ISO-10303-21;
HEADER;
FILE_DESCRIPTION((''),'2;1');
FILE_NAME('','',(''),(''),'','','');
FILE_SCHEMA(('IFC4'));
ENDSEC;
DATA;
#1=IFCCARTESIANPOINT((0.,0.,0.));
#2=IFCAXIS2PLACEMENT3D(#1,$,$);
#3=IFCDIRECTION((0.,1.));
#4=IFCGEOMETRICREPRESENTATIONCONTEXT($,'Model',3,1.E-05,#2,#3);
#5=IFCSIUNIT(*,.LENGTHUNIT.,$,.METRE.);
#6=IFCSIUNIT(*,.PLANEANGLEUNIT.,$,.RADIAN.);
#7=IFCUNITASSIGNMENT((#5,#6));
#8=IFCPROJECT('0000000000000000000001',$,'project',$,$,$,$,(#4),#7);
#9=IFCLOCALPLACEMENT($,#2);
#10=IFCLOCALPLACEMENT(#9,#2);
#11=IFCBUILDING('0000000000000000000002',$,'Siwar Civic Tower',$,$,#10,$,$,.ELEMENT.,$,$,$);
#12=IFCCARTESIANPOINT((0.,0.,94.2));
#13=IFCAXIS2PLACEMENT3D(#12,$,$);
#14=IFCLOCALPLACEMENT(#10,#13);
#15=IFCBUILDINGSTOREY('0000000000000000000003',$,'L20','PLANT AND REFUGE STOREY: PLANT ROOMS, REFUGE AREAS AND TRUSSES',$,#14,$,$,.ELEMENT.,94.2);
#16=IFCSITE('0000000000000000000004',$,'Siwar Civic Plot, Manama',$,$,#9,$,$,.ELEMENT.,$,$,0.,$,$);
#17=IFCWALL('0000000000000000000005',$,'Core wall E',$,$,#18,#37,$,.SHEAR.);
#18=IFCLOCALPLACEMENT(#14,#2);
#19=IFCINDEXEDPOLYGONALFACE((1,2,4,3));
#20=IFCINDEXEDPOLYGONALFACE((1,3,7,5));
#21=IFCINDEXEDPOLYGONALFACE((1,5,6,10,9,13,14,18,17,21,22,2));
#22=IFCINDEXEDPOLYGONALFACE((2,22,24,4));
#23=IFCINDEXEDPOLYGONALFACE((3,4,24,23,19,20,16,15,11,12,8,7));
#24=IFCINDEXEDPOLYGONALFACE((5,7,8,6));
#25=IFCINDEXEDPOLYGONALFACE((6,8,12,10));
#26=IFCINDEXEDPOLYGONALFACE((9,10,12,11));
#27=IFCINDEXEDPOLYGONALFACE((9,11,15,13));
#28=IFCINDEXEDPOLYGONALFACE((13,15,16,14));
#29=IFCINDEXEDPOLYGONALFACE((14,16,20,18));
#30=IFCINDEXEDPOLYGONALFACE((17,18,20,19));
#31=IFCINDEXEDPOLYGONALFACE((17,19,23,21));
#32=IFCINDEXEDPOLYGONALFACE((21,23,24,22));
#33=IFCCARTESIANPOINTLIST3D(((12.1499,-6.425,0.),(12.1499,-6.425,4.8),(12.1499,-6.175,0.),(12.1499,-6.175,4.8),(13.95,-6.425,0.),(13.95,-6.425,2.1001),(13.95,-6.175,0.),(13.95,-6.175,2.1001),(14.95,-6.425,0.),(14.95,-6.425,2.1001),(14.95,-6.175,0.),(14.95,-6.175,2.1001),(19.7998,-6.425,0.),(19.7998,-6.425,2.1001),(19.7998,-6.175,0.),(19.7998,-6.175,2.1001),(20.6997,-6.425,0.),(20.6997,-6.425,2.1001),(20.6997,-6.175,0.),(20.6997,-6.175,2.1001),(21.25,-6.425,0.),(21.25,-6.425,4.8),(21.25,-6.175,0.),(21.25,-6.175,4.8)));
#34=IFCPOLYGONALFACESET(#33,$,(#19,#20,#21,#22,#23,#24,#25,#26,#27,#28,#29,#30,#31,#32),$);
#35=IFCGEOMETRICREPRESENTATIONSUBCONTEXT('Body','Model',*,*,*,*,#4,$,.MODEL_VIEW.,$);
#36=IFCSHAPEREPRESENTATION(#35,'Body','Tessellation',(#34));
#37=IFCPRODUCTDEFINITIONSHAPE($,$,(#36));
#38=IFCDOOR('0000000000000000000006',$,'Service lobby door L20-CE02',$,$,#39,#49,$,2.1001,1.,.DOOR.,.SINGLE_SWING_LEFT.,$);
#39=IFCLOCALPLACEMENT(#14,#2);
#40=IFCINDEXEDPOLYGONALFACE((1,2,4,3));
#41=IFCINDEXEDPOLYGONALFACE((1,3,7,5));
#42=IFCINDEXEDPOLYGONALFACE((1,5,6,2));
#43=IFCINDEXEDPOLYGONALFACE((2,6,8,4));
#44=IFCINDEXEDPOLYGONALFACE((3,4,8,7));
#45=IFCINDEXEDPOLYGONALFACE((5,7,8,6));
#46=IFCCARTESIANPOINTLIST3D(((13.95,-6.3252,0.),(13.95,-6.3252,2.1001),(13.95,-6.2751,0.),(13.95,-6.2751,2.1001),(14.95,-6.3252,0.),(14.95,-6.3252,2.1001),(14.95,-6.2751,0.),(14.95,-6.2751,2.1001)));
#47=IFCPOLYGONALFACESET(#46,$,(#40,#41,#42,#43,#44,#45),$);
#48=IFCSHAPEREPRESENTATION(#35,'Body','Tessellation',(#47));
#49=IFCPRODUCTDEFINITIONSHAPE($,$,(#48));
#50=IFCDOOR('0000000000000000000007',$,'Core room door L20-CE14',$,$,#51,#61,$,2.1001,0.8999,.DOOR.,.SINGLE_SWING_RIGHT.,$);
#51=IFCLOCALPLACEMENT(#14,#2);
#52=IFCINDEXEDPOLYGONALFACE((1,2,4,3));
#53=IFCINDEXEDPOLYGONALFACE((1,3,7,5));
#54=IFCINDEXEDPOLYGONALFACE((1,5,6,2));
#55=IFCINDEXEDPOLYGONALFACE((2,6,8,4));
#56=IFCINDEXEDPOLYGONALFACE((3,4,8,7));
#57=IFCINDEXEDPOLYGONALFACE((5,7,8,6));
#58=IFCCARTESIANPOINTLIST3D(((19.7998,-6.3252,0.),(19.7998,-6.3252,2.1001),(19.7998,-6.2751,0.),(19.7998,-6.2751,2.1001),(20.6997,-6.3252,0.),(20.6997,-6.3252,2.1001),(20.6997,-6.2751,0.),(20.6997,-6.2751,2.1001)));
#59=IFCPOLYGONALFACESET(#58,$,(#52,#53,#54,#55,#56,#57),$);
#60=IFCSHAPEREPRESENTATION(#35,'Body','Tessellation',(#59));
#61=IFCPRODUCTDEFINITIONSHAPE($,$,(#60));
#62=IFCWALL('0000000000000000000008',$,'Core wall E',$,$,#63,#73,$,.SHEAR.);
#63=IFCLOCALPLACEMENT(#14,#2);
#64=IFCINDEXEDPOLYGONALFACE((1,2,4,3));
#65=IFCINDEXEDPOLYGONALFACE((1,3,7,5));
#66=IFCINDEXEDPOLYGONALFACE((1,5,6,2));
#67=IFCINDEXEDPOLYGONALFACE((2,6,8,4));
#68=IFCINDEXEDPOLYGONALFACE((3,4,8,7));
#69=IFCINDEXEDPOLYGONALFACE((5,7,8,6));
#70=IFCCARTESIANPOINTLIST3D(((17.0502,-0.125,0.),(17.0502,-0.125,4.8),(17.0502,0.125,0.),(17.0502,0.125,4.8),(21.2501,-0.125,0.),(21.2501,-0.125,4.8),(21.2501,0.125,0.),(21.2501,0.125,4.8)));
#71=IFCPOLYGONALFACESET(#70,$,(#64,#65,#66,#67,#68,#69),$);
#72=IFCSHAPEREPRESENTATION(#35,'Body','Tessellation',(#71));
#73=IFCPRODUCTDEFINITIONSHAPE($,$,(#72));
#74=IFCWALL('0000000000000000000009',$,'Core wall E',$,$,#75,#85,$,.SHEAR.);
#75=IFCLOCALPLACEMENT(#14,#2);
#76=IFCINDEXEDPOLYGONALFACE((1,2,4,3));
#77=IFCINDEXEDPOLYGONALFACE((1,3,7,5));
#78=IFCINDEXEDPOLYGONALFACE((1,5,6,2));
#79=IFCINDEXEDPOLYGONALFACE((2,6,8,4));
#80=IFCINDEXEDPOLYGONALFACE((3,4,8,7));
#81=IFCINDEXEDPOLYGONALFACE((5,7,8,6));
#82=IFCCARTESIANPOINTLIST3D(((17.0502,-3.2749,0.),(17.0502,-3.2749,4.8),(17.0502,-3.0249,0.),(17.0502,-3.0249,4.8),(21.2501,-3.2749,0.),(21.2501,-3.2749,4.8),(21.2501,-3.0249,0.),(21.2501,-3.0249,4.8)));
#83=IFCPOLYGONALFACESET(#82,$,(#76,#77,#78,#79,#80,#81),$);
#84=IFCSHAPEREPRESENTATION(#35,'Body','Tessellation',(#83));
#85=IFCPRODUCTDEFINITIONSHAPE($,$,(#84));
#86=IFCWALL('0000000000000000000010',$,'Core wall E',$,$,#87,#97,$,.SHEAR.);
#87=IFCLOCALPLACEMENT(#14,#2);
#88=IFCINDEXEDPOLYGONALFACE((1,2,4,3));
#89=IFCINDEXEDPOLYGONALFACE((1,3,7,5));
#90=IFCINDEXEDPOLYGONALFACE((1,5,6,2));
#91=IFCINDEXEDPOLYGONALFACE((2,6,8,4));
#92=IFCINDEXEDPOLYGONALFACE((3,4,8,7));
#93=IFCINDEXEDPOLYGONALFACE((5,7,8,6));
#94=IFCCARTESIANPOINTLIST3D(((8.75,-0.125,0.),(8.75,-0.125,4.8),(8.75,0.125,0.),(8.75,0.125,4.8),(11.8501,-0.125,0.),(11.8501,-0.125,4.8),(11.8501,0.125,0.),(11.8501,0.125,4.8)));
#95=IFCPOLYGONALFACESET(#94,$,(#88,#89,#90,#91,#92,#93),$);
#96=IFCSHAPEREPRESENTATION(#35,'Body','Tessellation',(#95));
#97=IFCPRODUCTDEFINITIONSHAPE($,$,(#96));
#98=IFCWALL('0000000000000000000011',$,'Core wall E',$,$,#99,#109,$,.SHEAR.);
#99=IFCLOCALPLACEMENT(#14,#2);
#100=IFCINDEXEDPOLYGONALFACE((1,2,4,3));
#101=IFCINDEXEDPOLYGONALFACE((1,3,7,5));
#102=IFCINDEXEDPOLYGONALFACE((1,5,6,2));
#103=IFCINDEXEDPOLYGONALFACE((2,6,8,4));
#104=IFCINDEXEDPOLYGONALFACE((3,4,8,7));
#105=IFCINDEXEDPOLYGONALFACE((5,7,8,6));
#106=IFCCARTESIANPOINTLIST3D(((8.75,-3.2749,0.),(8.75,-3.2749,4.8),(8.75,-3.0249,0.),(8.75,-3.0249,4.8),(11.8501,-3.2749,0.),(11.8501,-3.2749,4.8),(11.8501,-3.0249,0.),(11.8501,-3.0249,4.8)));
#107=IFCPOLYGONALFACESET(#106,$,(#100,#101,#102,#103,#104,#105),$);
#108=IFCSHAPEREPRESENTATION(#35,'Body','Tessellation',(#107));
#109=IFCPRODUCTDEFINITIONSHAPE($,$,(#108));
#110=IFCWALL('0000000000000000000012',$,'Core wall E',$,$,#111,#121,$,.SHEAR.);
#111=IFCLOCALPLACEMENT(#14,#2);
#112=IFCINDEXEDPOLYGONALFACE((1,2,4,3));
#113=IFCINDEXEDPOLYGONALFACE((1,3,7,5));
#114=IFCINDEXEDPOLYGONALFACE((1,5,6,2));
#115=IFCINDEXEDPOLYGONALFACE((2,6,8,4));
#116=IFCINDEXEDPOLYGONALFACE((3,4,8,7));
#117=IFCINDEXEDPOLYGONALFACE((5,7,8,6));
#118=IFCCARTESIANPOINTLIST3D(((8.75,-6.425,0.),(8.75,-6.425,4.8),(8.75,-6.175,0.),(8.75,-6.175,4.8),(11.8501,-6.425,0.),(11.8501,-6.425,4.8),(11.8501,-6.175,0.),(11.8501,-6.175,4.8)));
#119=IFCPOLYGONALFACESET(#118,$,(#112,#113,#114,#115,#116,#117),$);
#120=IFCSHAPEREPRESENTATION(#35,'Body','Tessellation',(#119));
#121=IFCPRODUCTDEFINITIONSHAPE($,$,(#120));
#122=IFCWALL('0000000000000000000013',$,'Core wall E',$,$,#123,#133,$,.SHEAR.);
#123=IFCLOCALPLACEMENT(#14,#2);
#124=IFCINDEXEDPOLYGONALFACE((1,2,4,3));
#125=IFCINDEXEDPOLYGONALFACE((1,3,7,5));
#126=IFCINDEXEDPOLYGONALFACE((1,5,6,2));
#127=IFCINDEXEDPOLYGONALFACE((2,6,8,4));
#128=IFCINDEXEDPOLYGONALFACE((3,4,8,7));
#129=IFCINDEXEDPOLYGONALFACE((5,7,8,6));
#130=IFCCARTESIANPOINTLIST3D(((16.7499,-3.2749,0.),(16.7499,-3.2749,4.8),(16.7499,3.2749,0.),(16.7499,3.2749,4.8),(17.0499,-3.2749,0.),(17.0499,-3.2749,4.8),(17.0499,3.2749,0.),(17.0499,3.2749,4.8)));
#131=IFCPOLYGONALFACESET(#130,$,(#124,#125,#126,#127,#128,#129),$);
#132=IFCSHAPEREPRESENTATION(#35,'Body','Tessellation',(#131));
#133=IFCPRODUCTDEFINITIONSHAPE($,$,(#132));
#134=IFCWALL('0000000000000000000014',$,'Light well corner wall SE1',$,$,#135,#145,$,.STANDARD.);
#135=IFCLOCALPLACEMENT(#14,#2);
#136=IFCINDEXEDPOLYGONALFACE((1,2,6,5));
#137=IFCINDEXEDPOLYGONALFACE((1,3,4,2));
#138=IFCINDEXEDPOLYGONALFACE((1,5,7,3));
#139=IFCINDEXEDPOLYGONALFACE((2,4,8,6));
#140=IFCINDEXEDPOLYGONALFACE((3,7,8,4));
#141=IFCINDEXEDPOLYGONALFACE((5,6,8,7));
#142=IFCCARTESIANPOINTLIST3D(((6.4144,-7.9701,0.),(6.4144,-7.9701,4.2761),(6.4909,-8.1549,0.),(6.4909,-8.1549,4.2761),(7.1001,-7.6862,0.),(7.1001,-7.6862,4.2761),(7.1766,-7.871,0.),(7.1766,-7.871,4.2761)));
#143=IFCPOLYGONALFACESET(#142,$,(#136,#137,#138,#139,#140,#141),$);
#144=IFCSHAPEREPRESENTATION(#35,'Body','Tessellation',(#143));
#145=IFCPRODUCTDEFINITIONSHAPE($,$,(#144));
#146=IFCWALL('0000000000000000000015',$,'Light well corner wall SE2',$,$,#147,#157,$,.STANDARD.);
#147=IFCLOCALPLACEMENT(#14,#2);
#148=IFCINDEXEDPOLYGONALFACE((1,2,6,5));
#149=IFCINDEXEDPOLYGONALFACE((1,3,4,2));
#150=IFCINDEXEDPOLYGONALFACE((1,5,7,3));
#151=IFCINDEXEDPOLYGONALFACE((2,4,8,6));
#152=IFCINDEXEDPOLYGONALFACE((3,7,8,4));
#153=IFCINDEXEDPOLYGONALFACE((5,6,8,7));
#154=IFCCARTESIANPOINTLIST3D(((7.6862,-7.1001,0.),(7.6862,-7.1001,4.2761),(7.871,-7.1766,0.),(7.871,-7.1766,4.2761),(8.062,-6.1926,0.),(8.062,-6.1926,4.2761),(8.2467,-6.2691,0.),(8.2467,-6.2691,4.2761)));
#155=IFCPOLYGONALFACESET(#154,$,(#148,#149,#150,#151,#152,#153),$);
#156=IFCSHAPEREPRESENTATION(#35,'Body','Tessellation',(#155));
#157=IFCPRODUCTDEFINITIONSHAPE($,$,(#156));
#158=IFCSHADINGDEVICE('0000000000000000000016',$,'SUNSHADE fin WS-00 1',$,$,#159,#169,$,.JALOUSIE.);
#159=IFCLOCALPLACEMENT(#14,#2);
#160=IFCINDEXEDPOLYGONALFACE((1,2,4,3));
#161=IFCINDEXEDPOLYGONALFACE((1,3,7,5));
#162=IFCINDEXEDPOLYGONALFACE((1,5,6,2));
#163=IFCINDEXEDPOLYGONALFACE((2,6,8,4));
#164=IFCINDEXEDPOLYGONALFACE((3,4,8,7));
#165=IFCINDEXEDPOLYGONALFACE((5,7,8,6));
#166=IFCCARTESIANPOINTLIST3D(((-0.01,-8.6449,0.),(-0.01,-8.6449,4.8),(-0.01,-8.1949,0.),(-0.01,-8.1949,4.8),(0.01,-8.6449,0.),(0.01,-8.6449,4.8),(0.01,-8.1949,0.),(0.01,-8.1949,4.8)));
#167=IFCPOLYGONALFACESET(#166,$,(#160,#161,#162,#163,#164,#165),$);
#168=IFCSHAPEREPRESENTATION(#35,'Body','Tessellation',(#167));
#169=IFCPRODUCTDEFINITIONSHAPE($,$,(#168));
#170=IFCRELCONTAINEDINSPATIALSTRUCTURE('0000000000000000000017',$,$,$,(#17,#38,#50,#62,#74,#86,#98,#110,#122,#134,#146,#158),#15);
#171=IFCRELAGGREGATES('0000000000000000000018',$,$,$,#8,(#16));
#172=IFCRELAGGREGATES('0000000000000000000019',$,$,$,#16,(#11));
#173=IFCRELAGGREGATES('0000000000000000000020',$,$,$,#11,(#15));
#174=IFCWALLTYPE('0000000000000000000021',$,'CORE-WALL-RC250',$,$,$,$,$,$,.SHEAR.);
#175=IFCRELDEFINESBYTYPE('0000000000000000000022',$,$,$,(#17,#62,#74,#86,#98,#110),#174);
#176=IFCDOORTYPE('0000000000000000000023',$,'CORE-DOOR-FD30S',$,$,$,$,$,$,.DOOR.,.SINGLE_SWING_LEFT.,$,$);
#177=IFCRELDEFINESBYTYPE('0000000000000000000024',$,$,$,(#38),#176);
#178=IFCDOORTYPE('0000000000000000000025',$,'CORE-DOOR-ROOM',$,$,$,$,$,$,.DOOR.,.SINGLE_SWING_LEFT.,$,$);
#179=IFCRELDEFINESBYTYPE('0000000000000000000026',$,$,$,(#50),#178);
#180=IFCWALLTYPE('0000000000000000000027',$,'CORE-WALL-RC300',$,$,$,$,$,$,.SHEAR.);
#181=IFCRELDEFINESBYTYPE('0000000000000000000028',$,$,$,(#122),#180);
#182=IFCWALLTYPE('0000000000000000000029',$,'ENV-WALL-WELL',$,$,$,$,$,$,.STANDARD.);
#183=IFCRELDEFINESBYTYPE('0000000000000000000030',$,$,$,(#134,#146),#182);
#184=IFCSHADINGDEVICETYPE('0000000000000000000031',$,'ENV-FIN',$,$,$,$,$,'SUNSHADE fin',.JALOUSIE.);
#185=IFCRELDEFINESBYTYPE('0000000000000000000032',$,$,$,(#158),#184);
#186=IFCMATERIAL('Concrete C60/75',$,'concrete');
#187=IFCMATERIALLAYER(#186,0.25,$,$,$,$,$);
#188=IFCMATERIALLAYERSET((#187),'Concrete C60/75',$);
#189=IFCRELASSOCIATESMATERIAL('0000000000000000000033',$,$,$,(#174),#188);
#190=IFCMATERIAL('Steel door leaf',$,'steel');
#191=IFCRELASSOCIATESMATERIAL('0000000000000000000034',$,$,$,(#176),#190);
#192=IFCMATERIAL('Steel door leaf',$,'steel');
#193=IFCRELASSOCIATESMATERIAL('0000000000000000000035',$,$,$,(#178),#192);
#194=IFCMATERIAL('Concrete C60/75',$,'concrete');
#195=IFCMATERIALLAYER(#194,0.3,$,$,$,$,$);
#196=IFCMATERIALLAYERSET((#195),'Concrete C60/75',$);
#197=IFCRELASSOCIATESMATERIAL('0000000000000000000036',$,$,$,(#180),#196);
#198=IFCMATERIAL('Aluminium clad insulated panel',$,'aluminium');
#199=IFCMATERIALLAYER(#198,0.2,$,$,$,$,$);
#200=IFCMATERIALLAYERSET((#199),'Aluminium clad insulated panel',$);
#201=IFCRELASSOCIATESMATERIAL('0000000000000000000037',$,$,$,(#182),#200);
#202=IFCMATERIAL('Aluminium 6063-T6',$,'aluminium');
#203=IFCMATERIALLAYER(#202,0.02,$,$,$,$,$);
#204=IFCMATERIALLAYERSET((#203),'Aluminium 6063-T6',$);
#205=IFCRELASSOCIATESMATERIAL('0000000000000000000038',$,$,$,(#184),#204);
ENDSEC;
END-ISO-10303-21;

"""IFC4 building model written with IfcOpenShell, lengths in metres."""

from ifc_helpers import new_model, si_unit, direction, frame, frame_2d, origin, origin_2d, place, context, subcontext, project, spatial, rectangle, extrude, material, layer, layer_set, type_object, element, fill, save


model = new_model("IFC4")

# Units and contexts
model_context = context("Model", 3, precision=1e-05, world=origin(), true_north=direction((0.0, 1.0)))
body_context = subcontext(model_context, "Body", "Model", "MODEL_VIEW")
ifc_project = project(units=[si_unit("LENGTHUNIT", "METRE"), si_unit("PLANEANGLEUNIT", "RADIAN")], contexts=[model_context])

# Site, building, storey
site_placement = place(None, origin())
site = spatial("IfcSite", under=ifc_project, at=site_placement, Name="Siwar Civic Plot, Manama", CompositionType="ELEMENT", RefElevation=0.0)
building_placement = place(site_placement, origin())
building = spatial("IfcBuilding", under=site, at=building_placement, Name="Siwar Civic Tower", CompositionType="ELEMENT")
storey_placement = place(building_placement, frame((0.0, 0.0, 94.2)))
storey = spatial("IfcBuildingStorey", under=building, at=storey_placement, Name="L20", Description="PLANT AND REFUGE STOREY: PLANT ROOMS, REFUGE AREAS AND TRUSSES", CompositionType="ELEMENT", Elevation=94.2)

# Wall, openings, doors
ifc_material_1 = material(Name="Concrete C60/75", Category="concrete")
ifc_layer_1 = layer(ifc_material_1, 0.25)
ifc_layer_set_1 = layer_set([ifc_layer_1], Name="Concrete C60/75")
wall_type_1 = type_object("IfcWallType", Name="CORE-WALL-RC250", PredefinedType="SHEAR", material=ifc_layer_set_1)
wall_1_placement = place(storey_placement, frame((12.1499, -6.3, 0.0), z_axis=(0.0, 0.0, 1.0), x_axis=(1.0, 0.0, 0.0)))
wall_1 = element("IfcWall", 1, at=wall_1_placement, inside=storey, type_object=wall_type_1, Name="Core wall E", PredefinedType="SHEAR", context=body_context, shape_type="SweptSolid", body=[
    extrude(rectangle(XDim=9.1001, YDim=0.25, at=frame_2d((4.55, 0.0))), origin(), (0.0, 0.0, 1.0), 4.8),
])
opening_1_placement = place(wall_1_placement, frame((1.8, 0.0, 0.0)))
opening_1 = element("IfcOpeningElement", 2, at=opening_1_placement, cuts=wall_1, PredefinedType="OPENING", context=body_context, shape_type="SweptSolid", body=[
    extrude(rectangle(XDim=1.0, YDim=2.1001, at=frame_2d((0.5, 1.05))), frame((0.0, 0.135, 0.0), z_axis=(0.0, -1.0, 0.0), x_axis=(1.0, 0.0, 0.0)), (0.0, 0.0, 1.0), 0.27),
])
opening_2_placement = place(wall_1_placement, frame((7.6499, 0.0, 0.0)))
opening_2 = element("IfcOpeningElement", 3, at=opening_2_placement, cuts=wall_1, PredefinedType="OPENING", context=body_context, shape_type="SweptSolid", body=[
    extrude(rectangle(XDim=0.8999, YDim=2.1001, at=frame_2d((0.45, 1.05))), frame((0.0, 0.135, 0.0), z_axis=(0.0, -1.0, 0.0), x_axis=(1.0, 0.0, 0.0)), (0.0, 0.0, 1.0), 0.27),
])
ifc_material_2 = material(Name="Steel door leaf", Category="steel")
door_type_1 = type_object("IfcDoorType", Name="CORE-DOOR-FD30S", OperationType="SINGLE_SWING_LEFT", PredefinedType="DOOR", material=ifc_material_2)
door_1_placement = place(opening_1_placement, origin())
door_1 = element("IfcDoor", 4, at=door_1_placement, inside=storey, type_object=door_type_1, Name="Service lobby door L20-CE02", OperationType="SINGLE_SWING_LEFT", OverallHeight=2.1001, OverallWidth=1.0, PredefinedType="DOOR", context=body_context, shape_type="SweptSolid", body=[
    extrude(rectangle(XDim=1.0, YDim=2.1001, at=frame_2d((0.5, 1.05))), frame((0.0, 0.0249, 0.0), z_axis=(0.0, -1.0, 0.0), x_axis=(1.0, 0.0, 0.0)), (0.0, 0.0, 1.0), 0.05),
])
fill(opening_1, door_1)
ifc_material_3 = material(Name="Steel door leaf", Category="steel")
door_type_2 = type_object("IfcDoorType", Name="CORE-DOOR-ROOM", OperationType="SINGLE_SWING_LEFT", PredefinedType="DOOR", material=ifc_material_3)
door_2_placement = place(opening_2_placement, origin())
door_2 = element("IfcDoor", 5, at=door_2_placement, inside=storey, type_object=door_type_2, Name="Core room door L20-CE14", OperationType="SINGLE_SWING_RIGHT", OverallHeight=2.1001, OverallWidth=0.8999, PredefinedType="DOOR", context=body_context, shape_type="SweptSolid", body=[
    extrude(rectangle(XDim=0.8999, YDim=2.1001, at=frame_2d((0.45, 1.05))), frame((0.0, 0.0249, 0.0), z_axis=(0.0, -1.0, 0.0), x_axis=(1.0, 0.0, 0.0)), (0.0, 0.0, 1.0), 0.05),
])
fill(opening_2, door_2)

# Walls
for number, where, z_axis, x_axis, name in (
    (6, (17.05, 0.0, 0.0), (0.0, 0.0, 1.0), (1.0, 0.0, 0.0), "Core wall E"),
    (7, (17.05, -3.1499, 0.0), (0.0, 0.0, 1.0), (1.0, 0.0, 0.0), "Core wall E"),
):
    element("IfcWall", number, at=place(storey_placement, frame(where, z_axis=z_axis, x_axis=x_axis)), inside=storey, type_object=wall_type_1, Name=name, PredefinedType="SHEAR", context=body_context, shape_type="SweptSolid", body=[
        extrude(rectangle(XDim=4.2, YDim=0.25, at=frame_2d((2.1001, 0.0))), origin(), (0.0, 0.0, 1.0), 4.8),
    ])
for number, where, z_axis, x_axis, name in (
    (8, (8.75, 0.0, 0.0), (0.0, 0.0, 1.0), (1.0, 0.0, 0.0), "Core wall E"),
    (9, (8.75, -3.1499, 0.0), (0.0, 0.0, 1.0), (1.0, 0.0, 0.0), "Core wall E"),
    (10, (8.75, -6.3, 0.0), (0.0, 0.0, 1.0), (1.0, 0.0, 0.0), "Core wall E"),
):
    element("IfcWall", number, at=place(storey_placement, frame(where, z_axis=z_axis, x_axis=x_axis)), inside=storey, type_object=wall_type_1, Name=name, PredefinedType="SHEAR", context=body_context, shape_type="SweptSolid", body=[
        extrude(rectangle(XDim=3.1001, YDim=0.25, at=frame_2d((1.55, 0.0))), origin(), (0.0, 0.0, 1.0), 4.8),
    ])
ifc_material_4 = material(Name="Concrete C60/75", Category="concrete")
ifc_layer_2 = layer(ifc_material_4, 0.3)
ifc_layer_set_2 = layer_set([ifc_layer_2], Name="Concrete C60/75")
wall_type_2 = type_object("IfcWallType", Name="CORE-WALL-RC300", PredefinedType="SHEAR", material=ifc_layer_set_2)
wall_2_placement = place(storey_placement, frame((16.8999, -3.2749, 0.0), z_axis=(0.0, 0.0, 1.0), x_axis=(0.0, 1.0, 0.0)))
element("IfcWall", 11, at=wall_2_placement, inside=storey, type_object=wall_type_2, Name="Core wall E", PredefinedType="SHEAR", context=body_context, shape_type="SweptSolid", body=[
    extrude(rectangle(XDim=6.5498, YDim=0.3, at=frame_2d((3.2749, 0.0))), origin(), (0.0, 0.0, 1.0), 4.8),
])
ifc_material_5 = material(Name="Aluminium clad insulated panel", Category="aluminium")
ifc_layer_3 = layer(ifc_material_5, 0.2)
ifc_layer_set_3 = layer_set([ifc_layer_3], Name="Aluminium clad insulated panel")
wall_type_3 = type_object("IfcWallType", Name="ENV-WALL-WELL", PredefinedType="STANDARD", material=ifc_layer_set_3)
wall_3_placement = place(storey_placement, frame((6.4526, -8.0625, 0.0), z_axis=(0.0, 0.0, 1.0), x_axis=(0.923941, 0.382536, 0.0)))
element("IfcWall", 12, at=wall_3_placement, inside=storey, type_object=wall_type_3, Name="Light well corner wall SE1", PredefinedType="STANDARD", context=body_context, shape_type="SweptSolid", body=[
    extrude(rectangle(XDim=0.7422, YDim=0.2, at=frame_2d((0.3711, 0.0))), origin(), (0.0, 0.0, 1.0), 4.2761),
])
wall_4_placement = place(storey_placement, frame((7.7786, -7.1384, 0.0), z_axis=(0.0, 0.0, 1.0), x_axis=(0.382549, 0.923935, 0.0)))
element("IfcWall", 13, at=wall_4_placement, inside=storey, type_object=wall_type_3, Name="Light well corner wall SE2", PredefinedType="STANDARD", context=body_context, shape_type="SweptSolid", body=[
    extrude(rectangle(XDim=0.9822, YDim=0.2, at=frame_2d((0.4912, 0.0))), origin(), (0.0, 0.0, 1.0), 4.2761),
])

# Shading device
ifc_material_6 = material(Name="Aluminium 6063-T6", Category="aluminium")
ifc_layer_4 = layer(ifc_material_6, 0.02)
ifc_layer_set_4 = layer_set([ifc_layer_4], Name="Aluminium 6063-T6")
shading_device_type = type_object("IfcShadingDeviceType", Name="ENV-FIN", ElementType="SUNSHADE fin", PredefinedType="JALOUSIE", material=ifc_layer_set_4)
shading_device_placement = place(storey_placement, frame((0.0, -8.4199, 0.0), z_axis=(0.0, 0.0, 1.0), x_axis=(1.0, 0.0, 0.0)))
element("IfcShadingDevice", 14, at=shading_device_placement, inside=storey, type_object=shading_device_type, Name="SUNSHADE fin WS-00 1", PredefinedType="JALOUSIE", context=body_context, shape_type="SweptSolid", body=[
    extrude(rectangle(XDim=0.02, YDim=0.45, at=origin_2d()), origin(), (0.0, 0.0, 1.0), 4.8),
])

save(model, "model.ifc")
